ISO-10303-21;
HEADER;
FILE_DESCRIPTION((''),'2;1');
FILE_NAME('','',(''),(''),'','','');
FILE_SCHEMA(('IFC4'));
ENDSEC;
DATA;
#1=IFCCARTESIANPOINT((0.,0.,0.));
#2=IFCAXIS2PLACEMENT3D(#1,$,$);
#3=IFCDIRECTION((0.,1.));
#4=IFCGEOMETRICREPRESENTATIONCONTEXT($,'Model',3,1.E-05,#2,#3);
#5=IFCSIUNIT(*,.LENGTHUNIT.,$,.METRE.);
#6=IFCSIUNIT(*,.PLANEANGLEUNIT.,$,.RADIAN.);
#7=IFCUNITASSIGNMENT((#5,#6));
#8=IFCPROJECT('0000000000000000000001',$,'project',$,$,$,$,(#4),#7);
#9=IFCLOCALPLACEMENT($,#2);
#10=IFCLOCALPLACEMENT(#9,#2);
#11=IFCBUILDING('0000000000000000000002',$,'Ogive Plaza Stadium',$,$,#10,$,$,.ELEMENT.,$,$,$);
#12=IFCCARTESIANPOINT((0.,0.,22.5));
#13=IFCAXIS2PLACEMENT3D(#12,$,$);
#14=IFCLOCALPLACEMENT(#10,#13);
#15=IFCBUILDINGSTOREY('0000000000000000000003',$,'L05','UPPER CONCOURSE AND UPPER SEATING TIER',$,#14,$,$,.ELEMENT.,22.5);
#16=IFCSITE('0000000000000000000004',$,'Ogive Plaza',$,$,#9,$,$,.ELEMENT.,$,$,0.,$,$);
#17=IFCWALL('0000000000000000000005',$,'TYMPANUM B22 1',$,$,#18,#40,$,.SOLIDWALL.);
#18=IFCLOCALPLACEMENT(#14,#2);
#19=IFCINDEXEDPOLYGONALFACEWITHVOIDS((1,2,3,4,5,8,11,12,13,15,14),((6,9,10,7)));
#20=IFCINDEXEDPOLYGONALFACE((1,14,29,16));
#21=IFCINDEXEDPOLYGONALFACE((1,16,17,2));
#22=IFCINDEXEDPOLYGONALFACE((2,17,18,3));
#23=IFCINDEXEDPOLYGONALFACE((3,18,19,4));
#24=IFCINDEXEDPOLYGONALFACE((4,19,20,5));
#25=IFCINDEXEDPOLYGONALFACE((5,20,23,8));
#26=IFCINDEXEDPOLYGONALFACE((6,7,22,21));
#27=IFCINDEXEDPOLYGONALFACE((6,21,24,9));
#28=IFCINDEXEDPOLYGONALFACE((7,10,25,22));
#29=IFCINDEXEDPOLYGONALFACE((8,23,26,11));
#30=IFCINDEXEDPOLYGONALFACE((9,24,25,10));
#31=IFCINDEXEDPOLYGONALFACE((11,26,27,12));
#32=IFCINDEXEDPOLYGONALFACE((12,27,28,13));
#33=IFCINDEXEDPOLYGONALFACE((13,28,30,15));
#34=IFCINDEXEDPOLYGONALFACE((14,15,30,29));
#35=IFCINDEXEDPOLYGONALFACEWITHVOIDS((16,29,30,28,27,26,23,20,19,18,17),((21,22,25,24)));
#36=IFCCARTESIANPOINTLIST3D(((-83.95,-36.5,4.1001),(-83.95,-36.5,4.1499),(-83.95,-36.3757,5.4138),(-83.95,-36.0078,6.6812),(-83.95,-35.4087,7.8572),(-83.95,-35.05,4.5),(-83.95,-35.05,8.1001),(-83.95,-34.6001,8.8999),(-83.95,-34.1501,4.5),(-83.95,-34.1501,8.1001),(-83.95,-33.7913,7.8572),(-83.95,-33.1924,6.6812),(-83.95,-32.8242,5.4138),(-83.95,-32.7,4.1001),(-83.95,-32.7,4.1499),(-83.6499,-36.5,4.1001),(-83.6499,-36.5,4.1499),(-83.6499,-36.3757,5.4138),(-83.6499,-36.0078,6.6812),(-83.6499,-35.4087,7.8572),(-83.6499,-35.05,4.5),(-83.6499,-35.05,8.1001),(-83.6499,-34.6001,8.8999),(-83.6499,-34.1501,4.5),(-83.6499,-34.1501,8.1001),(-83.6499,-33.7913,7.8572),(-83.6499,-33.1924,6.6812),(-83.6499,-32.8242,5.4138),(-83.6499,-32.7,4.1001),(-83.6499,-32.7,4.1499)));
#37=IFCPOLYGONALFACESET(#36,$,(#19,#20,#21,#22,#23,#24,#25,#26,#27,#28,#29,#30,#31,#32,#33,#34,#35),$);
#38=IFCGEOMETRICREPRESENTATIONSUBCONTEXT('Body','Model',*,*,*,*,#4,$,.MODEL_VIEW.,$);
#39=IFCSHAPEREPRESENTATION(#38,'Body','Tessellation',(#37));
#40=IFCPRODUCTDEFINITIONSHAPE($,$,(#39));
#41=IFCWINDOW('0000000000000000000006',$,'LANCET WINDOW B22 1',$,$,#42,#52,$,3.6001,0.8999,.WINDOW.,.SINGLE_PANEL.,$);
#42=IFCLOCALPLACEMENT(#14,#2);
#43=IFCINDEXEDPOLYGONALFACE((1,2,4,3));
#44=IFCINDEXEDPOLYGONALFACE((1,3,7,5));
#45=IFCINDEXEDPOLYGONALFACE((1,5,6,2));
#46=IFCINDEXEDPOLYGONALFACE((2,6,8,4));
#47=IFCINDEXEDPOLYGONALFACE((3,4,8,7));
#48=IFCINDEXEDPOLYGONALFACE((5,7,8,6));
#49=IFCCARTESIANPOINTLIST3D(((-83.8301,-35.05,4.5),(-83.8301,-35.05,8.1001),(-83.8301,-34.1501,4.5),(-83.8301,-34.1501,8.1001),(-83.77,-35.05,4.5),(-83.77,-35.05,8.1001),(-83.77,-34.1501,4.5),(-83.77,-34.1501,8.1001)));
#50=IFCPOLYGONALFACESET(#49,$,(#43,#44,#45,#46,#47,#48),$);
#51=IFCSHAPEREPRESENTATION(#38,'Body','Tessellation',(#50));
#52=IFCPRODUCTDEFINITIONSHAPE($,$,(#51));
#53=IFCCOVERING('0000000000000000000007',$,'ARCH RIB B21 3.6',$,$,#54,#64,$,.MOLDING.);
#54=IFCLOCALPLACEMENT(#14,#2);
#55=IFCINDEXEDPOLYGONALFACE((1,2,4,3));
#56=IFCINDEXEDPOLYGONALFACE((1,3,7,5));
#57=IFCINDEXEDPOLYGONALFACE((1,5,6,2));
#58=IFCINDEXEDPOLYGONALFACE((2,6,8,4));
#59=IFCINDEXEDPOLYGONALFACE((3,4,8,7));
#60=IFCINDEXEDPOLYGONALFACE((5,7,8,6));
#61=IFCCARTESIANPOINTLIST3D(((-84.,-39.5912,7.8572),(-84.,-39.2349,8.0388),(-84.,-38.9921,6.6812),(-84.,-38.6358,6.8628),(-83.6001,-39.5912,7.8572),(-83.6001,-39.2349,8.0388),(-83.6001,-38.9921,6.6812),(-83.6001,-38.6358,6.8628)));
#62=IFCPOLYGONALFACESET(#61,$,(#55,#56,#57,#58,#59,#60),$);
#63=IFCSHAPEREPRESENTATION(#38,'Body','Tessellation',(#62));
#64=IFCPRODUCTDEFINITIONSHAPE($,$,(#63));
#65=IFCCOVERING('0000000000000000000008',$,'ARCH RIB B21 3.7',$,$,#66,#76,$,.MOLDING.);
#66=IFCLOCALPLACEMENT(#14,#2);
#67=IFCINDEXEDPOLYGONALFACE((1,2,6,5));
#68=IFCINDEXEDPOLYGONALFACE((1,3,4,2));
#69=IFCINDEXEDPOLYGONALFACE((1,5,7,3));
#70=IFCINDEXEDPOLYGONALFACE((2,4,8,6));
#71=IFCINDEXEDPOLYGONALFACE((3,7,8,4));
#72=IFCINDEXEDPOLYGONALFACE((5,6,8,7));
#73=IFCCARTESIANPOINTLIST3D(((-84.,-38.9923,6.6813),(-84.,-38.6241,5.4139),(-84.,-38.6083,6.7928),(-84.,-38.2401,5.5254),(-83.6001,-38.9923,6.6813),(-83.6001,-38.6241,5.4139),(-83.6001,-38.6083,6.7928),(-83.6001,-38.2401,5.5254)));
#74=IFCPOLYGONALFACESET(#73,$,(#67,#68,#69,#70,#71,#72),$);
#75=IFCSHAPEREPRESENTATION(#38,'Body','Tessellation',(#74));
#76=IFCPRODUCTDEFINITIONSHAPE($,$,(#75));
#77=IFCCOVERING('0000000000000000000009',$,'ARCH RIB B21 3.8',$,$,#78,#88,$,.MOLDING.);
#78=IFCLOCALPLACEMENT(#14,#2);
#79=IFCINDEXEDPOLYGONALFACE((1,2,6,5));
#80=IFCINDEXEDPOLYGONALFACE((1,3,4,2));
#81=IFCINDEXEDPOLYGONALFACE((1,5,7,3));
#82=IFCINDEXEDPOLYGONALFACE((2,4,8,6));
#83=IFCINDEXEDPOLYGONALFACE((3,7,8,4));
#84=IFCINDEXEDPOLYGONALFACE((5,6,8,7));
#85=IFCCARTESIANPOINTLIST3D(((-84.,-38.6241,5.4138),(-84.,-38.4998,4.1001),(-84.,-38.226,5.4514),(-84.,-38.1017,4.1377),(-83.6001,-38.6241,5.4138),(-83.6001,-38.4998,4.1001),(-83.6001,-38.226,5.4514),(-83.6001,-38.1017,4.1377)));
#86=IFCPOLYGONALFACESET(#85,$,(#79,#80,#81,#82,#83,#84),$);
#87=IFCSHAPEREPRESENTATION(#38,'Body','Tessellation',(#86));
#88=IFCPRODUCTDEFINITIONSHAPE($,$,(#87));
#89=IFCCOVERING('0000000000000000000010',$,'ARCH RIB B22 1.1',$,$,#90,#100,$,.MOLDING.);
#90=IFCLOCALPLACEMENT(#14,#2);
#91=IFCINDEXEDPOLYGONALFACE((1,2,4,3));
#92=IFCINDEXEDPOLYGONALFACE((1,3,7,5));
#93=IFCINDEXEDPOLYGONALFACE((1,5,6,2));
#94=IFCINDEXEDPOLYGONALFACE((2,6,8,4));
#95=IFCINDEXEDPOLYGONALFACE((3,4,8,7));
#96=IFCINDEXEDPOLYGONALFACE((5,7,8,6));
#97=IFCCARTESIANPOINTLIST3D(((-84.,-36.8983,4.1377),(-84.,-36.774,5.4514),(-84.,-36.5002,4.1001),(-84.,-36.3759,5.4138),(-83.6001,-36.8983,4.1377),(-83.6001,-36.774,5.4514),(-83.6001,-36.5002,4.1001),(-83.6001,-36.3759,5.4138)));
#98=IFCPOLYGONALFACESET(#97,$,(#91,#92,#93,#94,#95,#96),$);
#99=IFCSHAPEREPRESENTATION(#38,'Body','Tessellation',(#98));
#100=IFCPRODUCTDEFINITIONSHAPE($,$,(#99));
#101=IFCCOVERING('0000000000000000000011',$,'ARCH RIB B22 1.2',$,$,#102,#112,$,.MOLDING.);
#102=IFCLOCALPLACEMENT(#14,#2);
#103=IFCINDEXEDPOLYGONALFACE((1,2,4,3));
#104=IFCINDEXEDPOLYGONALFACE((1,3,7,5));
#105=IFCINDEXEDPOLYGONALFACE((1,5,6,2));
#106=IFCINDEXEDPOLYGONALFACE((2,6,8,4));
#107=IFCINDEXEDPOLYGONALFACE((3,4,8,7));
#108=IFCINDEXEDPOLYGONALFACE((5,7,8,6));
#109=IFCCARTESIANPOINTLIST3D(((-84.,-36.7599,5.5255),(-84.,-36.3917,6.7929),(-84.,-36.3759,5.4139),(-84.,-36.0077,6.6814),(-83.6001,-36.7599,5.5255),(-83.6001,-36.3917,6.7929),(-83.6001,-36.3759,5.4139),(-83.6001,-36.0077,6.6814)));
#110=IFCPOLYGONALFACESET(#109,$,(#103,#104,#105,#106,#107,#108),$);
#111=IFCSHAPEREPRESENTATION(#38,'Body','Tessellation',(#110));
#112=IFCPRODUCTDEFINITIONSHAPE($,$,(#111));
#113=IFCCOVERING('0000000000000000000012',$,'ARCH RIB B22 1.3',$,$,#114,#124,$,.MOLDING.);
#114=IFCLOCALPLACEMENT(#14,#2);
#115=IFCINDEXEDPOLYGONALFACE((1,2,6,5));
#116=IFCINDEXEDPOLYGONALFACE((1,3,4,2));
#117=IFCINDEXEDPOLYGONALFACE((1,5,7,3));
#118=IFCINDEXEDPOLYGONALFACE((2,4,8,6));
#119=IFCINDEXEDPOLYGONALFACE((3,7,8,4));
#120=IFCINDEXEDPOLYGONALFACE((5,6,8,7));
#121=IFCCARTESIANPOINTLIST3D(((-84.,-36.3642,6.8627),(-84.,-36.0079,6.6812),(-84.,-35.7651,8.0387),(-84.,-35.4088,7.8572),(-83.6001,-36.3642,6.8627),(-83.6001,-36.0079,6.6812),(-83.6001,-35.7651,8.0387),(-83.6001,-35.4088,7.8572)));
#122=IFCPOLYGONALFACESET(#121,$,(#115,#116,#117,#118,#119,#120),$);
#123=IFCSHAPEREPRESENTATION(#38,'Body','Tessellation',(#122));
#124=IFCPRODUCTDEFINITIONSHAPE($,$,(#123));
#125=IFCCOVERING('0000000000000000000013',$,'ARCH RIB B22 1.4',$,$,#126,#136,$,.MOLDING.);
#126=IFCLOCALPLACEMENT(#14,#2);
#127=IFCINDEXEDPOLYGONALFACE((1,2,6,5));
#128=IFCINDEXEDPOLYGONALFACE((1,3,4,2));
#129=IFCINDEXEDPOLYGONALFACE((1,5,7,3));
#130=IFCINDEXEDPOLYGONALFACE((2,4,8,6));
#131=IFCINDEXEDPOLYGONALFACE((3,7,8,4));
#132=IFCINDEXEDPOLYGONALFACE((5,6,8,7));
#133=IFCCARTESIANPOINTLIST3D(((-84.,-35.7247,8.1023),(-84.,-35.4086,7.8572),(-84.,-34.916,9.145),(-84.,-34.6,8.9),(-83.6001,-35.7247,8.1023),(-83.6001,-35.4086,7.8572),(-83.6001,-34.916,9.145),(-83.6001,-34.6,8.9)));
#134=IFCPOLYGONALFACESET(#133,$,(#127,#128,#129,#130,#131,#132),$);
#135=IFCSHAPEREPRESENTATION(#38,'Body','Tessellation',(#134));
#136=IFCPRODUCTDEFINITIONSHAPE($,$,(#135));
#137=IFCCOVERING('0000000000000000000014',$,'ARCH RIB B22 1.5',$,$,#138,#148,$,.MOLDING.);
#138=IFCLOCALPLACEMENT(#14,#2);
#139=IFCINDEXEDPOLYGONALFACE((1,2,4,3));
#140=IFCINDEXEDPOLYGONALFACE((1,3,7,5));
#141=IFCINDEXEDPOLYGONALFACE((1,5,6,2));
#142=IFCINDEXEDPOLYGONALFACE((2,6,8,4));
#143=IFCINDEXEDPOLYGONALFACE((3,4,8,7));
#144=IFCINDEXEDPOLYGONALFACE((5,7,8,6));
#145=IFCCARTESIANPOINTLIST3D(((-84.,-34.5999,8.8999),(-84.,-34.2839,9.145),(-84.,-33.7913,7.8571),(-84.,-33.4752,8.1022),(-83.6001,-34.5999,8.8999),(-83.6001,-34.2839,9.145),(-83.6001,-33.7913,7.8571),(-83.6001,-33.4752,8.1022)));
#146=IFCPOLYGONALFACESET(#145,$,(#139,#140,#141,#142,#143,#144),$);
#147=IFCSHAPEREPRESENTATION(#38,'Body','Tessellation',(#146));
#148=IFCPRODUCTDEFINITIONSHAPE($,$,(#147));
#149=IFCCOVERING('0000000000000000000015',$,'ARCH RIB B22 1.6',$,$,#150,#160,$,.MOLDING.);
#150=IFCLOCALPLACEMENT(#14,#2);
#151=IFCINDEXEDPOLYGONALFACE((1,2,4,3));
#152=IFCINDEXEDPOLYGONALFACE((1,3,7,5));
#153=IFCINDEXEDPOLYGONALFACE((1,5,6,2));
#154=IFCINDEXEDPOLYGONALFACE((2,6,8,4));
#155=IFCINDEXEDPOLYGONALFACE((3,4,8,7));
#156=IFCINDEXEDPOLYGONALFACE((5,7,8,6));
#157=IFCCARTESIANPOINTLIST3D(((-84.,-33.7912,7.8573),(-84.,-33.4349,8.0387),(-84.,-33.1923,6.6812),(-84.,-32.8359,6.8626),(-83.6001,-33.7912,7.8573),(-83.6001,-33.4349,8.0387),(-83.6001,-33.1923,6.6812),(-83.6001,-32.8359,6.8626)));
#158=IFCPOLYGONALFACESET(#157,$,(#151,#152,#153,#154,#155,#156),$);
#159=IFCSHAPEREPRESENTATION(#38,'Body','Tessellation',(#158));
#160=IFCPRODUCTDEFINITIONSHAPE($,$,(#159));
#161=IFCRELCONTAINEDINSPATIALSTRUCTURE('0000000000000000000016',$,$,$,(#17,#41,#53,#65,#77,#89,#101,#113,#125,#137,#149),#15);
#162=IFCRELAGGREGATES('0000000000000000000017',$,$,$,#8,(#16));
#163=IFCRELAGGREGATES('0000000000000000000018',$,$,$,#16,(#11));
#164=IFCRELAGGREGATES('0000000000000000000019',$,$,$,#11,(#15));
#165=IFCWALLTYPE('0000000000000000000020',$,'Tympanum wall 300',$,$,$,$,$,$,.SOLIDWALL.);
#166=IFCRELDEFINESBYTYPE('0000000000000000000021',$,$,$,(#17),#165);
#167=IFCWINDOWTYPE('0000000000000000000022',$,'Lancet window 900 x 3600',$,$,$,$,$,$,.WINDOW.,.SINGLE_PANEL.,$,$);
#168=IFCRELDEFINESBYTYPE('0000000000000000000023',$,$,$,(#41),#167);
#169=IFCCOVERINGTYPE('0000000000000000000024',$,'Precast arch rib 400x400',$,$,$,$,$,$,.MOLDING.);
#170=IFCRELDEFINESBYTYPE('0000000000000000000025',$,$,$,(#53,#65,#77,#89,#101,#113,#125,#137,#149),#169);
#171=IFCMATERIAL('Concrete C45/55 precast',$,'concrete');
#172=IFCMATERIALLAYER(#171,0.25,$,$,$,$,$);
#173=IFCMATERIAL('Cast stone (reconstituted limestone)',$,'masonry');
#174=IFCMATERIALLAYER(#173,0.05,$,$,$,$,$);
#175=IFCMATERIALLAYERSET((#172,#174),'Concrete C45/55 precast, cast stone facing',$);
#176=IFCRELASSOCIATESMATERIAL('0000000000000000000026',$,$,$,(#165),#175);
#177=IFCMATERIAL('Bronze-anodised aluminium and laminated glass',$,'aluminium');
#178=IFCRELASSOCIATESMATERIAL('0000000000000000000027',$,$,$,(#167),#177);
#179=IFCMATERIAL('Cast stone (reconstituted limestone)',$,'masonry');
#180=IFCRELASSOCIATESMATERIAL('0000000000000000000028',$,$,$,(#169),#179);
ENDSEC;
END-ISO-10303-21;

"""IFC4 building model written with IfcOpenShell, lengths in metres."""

from ifc_helpers import new_model, si_unit, direction, frame, frame_2d, origin, origin_2d, place, context, subcontext, project, spatial, polyline, rectangle, outline, extrude, material, layer, layer_set, material_profile, profile_set, type_object, element, fill, save


model = new_model("IFC4")

# Units and contexts
model_context = context("Model", 3, precision=1e-05, world=origin(), true_north=direction((0.0, 1.0)))
body_context = subcontext(model_context, "Body", "Model", "MODEL_VIEW")
ifc_project = project(units=[si_unit("LENGTHUNIT", "METRE"), si_unit("PLANEANGLEUNIT", "RADIAN")], contexts=[model_context])

# Site, building, storey
site_placement = place(None, origin())
site = spatial("IfcSite", under=ifc_project, at=site_placement, Name="Ogive Plaza", CompositionType="ELEMENT", RefElevation=0.0)
building_placement = place(site_placement, origin())
building = spatial("IfcBuilding", under=site, at=building_placement, Name="Ogive Plaza Stadium", CompositionType="ELEMENT")
storey_placement = place(building_placement, frame((0.0, 0.0, 22.5)))
storey = spatial("IfcBuildingStorey", under=building, at=storey_placement, Name="L05", Description="UPPER CONCOURSE AND UPPER SEATING TIER", CompositionType="ELEMENT", Elevation=22.5)

# Wall, opening, window
ifc_material_1 = material(Name="Concrete C45/55 precast", Category="concrete")
ifc_layer_1 = layer(ifc_material_1, 0.25)
ifc_material_2 = material(Name="Cast stone (reconstituted limestone)", Category="masonry")
ifc_layer_2 = layer(ifc_material_2, 0.05)
ifc_layer_set_1 = layer_set([ifc_layer_1, ifc_layer_2], Name="Concrete C45/55 precast, cast stone facing")
wall_type = type_object("IfcWallType", Name="Tympanum wall 300", PredefinedType="SOLIDWALL", material=ifc_layer_set_1)
wall_placement = place(storey_placement, frame((-83.8, -36.5, 4.1001), z_axis=(0.0, 0.0, 1.0), x_axis=(0.0, 1.0, 0.0)))
wall = element("IfcWall", 1, at=wall_placement, inside=storey, type_object=wall_type, Name="TYMPANUM B22 1", PredefinedType="SOLIDWALL", context=body_context, shape_type="SweptSolid", body=[
    extrude(outline(polyline([(0.0, 0.0), (3.8, 0.0), (3.8, 0.0498), (3.6758, 1.3137), (3.3076, 2.5811), (2.7087, 3.7571), (1.8999, 4.7998), (1.0913, 3.7571), (0.4922, 2.5811), (0.1243, 1.3137), (0.0, 0.0498), (0.0, 0.0)])), frame((0.0, 0.1499, 0.0), z_axis=(0.0, -1.0, 0.0), x_axis=(1.0, 0.0, 0.0)), (0.0, 0.0, 1.0), 0.3),
])
opening_placement = place(wall_placement, frame((1.45, 0.0, 0.3999)))
opening = element("IfcOpeningElement", 2, at=opening_placement, cuts=wall, PredefinedType="OPENING", context=body_context, shape_type="SweptSolid", body=[
    extrude(rectangle(XDim=0.8999, YDim=3.6001, at=frame_2d((0.45, 1.8))), frame((0.0, 0.1602, 0.0), z_axis=(0.0, -1.0, 0.0), x_axis=(1.0, 0.0, 0.0)), (0.0, 0.0, 1.0), 0.3201),
])
ifc_material_3 = material(Name="Bronze-anodised aluminium and laminated glass", Category="aluminium")
window_type = type_object("IfcWindowType", Name="Lancet window 900 x 3600", PartitioningType="SINGLE_PANEL", PredefinedType="WINDOW", material=ifc_material_3)
window_placement = place(opening_placement, origin())
window = element("IfcWindow", 3, at=window_placement, inside=storey, type_object=window_type, Name="LANCET WINDOW B22 1", OverallHeight=3.6001, OverallWidth=0.8999, PartitioningType="SINGLE_PANEL", PredefinedType="WINDOW", context=body_context, shape_type="SweptSolid", body=[
    extrude(rectangle(XDim=0.8999, YDim=3.6001, at=frame_2d((0.45, 1.8))), frame((0.0, 0.03, 0.0), z_axis=(0.0, -1.0, 0.0), x_axis=(1.0, 0.0, 0.0)), (0.0, 0.0, 1.0), 0.0601),
])
fill(opening, window)

# Coverings
ifc_material_4 = material(Name="Cast stone (reconstituted limestone)", Category="masonry")
ifc_material_profile_1 = material_profile(ifc_material_4, rectangle(XDim=0.3999, YDim=0.3999, at=origin_2d()), Name="Cast stone 400x400")
ifc_profile_set_1 = profile_set([ifc_material_profile_1], Name="Cast stone (reconstituted limestone)")
covering_type = type_object("IfcCoveringType", Name="Precast arch rib 400x400", PredefinedType="MOLDING", material=ifc_profile_set_1)
for number, where, z_axis, x_axis, name in (
    (4, (-83.8, -39.4131, 7.948), (0.0, 0.453934, -0.891035), (-1.0, 0.0, 0.0), "ARCH RIB B21 3.6"),
    (5, (-83.8, -38.8003, 6.7371), (0.0, 0.27897, -0.9603), (-1.0, 0.0, 0.0), "ARCH RIB B21 3.7"),
):
    element("IfcCovering", number, at=place(storey_placement, frame(where, z_axis=z_axis, x_axis=x_axis)), inside=storey, type_object=covering_type, Name=name, PredefinedType="MOLDING", context=body_context, shape_type="SweptSolid", body=[
        extrude(rectangle(XDim=0.3999, YDim=0.3999, at=origin_2d()), origin(), (0.0, 0.0, 1.0), 1.3198),
    ])
for number, where, z_axis, x_axis, name in (
    (6, (-83.8, -38.425, 5.4326), (0.0, 0.094172, -0.995556), (-1.0, 0.0, 0.0), "ARCH RIB B21 3.8"),
    (7, (-83.8, -36.6992, 4.1189), (0.0, 0.094172, 0.995556), (-1.0, 0.0, 0.0), "ARCH RIB B22 1.1"),
):
    element("IfcCovering", number, at=place(storey_placement, frame(where, z_axis=z_axis, x_axis=x_axis)), inside=storey, type_object=covering_type, Name=name, PredefinedType="MOLDING", context=body_context, shape_type="SweptSolid", body=[
        extrude(rectangle(XDim=0.3999, YDim=0.3999, at=origin_2d()), origin(), (0.0, 0.0, 1.0), 1.3196),
    ])
for number, where, z_axis, x_axis, name in (
    (8, (-83.8, -36.5679, 5.4697), (0.0, 0.27897, 0.9603), (-1.0, 0.0, 0.0), "ARCH RIB B22 1.2"),
    (9, (-83.8, -36.186, 6.772), (0.0, 0.453934, 0.891035), (-1.0, 0.0, 0.0), "ARCH RIB B22 1.3"),
):
    element("IfcCovering", number, at=place(storey_placement, frame(where, z_axis=z_axis, x_axis=x_axis)), inside=storey, type_object=covering_type, Name=name, PredefinedType="MOLDING", context=body_context, shape_type="SweptSolid", body=[
        extrude(rectangle(XDim=0.3999, YDim=0.3999, at=origin_2d()), origin(), (0.0, 0.0, 1.0), 1.3198),
    ])
for number, where, z_axis, x_axis, name in (
    (10, (-83.8, -35.5667, 7.9797), (0.0, 0.6128, 0.790238), (-1.0, 0.0, 0.0), "ARCH RIB B22 1.4"),
    (11, (-83.8, -34.4419, 9.0225), (0.0, 0.6128, -0.790238), (-1.0, 0.0, 0.0), "ARCH RIB B22 1.5"),
):
    element("IfcCovering", number, at=place(storey_placement, frame(where, z_axis=z_axis, x_axis=x_axis)), inside=storey, type_object=covering_type, Name=name, PredefinedType="MOLDING", context=body_context, shape_type="SweptSolid", body=[
        extrude(rectangle(XDim=0.3999, YDim=0.3999, at=origin_2d()), origin(), (0.0, 0.0, 1.0), 1.3196),
    ])
covering_placement = place(storey_placement, frame((-83.8, -33.613, 7.948), z_axis=(0.0, 0.453787, -0.89111), x_axis=(-1.0, 0.0, 0.0)))
element("IfcCovering", 12, at=covering_placement, inside=storey, type_object=covering_type, Name="ARCH RIB B22 1.6", PredefinedType="MOLDING", context=body_context, shape_type="SweptSolid", body=[
    extrude(rectangle(XDim=0.3999, YDim=0.3999, at=origin_2d()), origin(), (0.0, 0.0, 1.0), 1.3198),
])

save(model, "model.ifc")
